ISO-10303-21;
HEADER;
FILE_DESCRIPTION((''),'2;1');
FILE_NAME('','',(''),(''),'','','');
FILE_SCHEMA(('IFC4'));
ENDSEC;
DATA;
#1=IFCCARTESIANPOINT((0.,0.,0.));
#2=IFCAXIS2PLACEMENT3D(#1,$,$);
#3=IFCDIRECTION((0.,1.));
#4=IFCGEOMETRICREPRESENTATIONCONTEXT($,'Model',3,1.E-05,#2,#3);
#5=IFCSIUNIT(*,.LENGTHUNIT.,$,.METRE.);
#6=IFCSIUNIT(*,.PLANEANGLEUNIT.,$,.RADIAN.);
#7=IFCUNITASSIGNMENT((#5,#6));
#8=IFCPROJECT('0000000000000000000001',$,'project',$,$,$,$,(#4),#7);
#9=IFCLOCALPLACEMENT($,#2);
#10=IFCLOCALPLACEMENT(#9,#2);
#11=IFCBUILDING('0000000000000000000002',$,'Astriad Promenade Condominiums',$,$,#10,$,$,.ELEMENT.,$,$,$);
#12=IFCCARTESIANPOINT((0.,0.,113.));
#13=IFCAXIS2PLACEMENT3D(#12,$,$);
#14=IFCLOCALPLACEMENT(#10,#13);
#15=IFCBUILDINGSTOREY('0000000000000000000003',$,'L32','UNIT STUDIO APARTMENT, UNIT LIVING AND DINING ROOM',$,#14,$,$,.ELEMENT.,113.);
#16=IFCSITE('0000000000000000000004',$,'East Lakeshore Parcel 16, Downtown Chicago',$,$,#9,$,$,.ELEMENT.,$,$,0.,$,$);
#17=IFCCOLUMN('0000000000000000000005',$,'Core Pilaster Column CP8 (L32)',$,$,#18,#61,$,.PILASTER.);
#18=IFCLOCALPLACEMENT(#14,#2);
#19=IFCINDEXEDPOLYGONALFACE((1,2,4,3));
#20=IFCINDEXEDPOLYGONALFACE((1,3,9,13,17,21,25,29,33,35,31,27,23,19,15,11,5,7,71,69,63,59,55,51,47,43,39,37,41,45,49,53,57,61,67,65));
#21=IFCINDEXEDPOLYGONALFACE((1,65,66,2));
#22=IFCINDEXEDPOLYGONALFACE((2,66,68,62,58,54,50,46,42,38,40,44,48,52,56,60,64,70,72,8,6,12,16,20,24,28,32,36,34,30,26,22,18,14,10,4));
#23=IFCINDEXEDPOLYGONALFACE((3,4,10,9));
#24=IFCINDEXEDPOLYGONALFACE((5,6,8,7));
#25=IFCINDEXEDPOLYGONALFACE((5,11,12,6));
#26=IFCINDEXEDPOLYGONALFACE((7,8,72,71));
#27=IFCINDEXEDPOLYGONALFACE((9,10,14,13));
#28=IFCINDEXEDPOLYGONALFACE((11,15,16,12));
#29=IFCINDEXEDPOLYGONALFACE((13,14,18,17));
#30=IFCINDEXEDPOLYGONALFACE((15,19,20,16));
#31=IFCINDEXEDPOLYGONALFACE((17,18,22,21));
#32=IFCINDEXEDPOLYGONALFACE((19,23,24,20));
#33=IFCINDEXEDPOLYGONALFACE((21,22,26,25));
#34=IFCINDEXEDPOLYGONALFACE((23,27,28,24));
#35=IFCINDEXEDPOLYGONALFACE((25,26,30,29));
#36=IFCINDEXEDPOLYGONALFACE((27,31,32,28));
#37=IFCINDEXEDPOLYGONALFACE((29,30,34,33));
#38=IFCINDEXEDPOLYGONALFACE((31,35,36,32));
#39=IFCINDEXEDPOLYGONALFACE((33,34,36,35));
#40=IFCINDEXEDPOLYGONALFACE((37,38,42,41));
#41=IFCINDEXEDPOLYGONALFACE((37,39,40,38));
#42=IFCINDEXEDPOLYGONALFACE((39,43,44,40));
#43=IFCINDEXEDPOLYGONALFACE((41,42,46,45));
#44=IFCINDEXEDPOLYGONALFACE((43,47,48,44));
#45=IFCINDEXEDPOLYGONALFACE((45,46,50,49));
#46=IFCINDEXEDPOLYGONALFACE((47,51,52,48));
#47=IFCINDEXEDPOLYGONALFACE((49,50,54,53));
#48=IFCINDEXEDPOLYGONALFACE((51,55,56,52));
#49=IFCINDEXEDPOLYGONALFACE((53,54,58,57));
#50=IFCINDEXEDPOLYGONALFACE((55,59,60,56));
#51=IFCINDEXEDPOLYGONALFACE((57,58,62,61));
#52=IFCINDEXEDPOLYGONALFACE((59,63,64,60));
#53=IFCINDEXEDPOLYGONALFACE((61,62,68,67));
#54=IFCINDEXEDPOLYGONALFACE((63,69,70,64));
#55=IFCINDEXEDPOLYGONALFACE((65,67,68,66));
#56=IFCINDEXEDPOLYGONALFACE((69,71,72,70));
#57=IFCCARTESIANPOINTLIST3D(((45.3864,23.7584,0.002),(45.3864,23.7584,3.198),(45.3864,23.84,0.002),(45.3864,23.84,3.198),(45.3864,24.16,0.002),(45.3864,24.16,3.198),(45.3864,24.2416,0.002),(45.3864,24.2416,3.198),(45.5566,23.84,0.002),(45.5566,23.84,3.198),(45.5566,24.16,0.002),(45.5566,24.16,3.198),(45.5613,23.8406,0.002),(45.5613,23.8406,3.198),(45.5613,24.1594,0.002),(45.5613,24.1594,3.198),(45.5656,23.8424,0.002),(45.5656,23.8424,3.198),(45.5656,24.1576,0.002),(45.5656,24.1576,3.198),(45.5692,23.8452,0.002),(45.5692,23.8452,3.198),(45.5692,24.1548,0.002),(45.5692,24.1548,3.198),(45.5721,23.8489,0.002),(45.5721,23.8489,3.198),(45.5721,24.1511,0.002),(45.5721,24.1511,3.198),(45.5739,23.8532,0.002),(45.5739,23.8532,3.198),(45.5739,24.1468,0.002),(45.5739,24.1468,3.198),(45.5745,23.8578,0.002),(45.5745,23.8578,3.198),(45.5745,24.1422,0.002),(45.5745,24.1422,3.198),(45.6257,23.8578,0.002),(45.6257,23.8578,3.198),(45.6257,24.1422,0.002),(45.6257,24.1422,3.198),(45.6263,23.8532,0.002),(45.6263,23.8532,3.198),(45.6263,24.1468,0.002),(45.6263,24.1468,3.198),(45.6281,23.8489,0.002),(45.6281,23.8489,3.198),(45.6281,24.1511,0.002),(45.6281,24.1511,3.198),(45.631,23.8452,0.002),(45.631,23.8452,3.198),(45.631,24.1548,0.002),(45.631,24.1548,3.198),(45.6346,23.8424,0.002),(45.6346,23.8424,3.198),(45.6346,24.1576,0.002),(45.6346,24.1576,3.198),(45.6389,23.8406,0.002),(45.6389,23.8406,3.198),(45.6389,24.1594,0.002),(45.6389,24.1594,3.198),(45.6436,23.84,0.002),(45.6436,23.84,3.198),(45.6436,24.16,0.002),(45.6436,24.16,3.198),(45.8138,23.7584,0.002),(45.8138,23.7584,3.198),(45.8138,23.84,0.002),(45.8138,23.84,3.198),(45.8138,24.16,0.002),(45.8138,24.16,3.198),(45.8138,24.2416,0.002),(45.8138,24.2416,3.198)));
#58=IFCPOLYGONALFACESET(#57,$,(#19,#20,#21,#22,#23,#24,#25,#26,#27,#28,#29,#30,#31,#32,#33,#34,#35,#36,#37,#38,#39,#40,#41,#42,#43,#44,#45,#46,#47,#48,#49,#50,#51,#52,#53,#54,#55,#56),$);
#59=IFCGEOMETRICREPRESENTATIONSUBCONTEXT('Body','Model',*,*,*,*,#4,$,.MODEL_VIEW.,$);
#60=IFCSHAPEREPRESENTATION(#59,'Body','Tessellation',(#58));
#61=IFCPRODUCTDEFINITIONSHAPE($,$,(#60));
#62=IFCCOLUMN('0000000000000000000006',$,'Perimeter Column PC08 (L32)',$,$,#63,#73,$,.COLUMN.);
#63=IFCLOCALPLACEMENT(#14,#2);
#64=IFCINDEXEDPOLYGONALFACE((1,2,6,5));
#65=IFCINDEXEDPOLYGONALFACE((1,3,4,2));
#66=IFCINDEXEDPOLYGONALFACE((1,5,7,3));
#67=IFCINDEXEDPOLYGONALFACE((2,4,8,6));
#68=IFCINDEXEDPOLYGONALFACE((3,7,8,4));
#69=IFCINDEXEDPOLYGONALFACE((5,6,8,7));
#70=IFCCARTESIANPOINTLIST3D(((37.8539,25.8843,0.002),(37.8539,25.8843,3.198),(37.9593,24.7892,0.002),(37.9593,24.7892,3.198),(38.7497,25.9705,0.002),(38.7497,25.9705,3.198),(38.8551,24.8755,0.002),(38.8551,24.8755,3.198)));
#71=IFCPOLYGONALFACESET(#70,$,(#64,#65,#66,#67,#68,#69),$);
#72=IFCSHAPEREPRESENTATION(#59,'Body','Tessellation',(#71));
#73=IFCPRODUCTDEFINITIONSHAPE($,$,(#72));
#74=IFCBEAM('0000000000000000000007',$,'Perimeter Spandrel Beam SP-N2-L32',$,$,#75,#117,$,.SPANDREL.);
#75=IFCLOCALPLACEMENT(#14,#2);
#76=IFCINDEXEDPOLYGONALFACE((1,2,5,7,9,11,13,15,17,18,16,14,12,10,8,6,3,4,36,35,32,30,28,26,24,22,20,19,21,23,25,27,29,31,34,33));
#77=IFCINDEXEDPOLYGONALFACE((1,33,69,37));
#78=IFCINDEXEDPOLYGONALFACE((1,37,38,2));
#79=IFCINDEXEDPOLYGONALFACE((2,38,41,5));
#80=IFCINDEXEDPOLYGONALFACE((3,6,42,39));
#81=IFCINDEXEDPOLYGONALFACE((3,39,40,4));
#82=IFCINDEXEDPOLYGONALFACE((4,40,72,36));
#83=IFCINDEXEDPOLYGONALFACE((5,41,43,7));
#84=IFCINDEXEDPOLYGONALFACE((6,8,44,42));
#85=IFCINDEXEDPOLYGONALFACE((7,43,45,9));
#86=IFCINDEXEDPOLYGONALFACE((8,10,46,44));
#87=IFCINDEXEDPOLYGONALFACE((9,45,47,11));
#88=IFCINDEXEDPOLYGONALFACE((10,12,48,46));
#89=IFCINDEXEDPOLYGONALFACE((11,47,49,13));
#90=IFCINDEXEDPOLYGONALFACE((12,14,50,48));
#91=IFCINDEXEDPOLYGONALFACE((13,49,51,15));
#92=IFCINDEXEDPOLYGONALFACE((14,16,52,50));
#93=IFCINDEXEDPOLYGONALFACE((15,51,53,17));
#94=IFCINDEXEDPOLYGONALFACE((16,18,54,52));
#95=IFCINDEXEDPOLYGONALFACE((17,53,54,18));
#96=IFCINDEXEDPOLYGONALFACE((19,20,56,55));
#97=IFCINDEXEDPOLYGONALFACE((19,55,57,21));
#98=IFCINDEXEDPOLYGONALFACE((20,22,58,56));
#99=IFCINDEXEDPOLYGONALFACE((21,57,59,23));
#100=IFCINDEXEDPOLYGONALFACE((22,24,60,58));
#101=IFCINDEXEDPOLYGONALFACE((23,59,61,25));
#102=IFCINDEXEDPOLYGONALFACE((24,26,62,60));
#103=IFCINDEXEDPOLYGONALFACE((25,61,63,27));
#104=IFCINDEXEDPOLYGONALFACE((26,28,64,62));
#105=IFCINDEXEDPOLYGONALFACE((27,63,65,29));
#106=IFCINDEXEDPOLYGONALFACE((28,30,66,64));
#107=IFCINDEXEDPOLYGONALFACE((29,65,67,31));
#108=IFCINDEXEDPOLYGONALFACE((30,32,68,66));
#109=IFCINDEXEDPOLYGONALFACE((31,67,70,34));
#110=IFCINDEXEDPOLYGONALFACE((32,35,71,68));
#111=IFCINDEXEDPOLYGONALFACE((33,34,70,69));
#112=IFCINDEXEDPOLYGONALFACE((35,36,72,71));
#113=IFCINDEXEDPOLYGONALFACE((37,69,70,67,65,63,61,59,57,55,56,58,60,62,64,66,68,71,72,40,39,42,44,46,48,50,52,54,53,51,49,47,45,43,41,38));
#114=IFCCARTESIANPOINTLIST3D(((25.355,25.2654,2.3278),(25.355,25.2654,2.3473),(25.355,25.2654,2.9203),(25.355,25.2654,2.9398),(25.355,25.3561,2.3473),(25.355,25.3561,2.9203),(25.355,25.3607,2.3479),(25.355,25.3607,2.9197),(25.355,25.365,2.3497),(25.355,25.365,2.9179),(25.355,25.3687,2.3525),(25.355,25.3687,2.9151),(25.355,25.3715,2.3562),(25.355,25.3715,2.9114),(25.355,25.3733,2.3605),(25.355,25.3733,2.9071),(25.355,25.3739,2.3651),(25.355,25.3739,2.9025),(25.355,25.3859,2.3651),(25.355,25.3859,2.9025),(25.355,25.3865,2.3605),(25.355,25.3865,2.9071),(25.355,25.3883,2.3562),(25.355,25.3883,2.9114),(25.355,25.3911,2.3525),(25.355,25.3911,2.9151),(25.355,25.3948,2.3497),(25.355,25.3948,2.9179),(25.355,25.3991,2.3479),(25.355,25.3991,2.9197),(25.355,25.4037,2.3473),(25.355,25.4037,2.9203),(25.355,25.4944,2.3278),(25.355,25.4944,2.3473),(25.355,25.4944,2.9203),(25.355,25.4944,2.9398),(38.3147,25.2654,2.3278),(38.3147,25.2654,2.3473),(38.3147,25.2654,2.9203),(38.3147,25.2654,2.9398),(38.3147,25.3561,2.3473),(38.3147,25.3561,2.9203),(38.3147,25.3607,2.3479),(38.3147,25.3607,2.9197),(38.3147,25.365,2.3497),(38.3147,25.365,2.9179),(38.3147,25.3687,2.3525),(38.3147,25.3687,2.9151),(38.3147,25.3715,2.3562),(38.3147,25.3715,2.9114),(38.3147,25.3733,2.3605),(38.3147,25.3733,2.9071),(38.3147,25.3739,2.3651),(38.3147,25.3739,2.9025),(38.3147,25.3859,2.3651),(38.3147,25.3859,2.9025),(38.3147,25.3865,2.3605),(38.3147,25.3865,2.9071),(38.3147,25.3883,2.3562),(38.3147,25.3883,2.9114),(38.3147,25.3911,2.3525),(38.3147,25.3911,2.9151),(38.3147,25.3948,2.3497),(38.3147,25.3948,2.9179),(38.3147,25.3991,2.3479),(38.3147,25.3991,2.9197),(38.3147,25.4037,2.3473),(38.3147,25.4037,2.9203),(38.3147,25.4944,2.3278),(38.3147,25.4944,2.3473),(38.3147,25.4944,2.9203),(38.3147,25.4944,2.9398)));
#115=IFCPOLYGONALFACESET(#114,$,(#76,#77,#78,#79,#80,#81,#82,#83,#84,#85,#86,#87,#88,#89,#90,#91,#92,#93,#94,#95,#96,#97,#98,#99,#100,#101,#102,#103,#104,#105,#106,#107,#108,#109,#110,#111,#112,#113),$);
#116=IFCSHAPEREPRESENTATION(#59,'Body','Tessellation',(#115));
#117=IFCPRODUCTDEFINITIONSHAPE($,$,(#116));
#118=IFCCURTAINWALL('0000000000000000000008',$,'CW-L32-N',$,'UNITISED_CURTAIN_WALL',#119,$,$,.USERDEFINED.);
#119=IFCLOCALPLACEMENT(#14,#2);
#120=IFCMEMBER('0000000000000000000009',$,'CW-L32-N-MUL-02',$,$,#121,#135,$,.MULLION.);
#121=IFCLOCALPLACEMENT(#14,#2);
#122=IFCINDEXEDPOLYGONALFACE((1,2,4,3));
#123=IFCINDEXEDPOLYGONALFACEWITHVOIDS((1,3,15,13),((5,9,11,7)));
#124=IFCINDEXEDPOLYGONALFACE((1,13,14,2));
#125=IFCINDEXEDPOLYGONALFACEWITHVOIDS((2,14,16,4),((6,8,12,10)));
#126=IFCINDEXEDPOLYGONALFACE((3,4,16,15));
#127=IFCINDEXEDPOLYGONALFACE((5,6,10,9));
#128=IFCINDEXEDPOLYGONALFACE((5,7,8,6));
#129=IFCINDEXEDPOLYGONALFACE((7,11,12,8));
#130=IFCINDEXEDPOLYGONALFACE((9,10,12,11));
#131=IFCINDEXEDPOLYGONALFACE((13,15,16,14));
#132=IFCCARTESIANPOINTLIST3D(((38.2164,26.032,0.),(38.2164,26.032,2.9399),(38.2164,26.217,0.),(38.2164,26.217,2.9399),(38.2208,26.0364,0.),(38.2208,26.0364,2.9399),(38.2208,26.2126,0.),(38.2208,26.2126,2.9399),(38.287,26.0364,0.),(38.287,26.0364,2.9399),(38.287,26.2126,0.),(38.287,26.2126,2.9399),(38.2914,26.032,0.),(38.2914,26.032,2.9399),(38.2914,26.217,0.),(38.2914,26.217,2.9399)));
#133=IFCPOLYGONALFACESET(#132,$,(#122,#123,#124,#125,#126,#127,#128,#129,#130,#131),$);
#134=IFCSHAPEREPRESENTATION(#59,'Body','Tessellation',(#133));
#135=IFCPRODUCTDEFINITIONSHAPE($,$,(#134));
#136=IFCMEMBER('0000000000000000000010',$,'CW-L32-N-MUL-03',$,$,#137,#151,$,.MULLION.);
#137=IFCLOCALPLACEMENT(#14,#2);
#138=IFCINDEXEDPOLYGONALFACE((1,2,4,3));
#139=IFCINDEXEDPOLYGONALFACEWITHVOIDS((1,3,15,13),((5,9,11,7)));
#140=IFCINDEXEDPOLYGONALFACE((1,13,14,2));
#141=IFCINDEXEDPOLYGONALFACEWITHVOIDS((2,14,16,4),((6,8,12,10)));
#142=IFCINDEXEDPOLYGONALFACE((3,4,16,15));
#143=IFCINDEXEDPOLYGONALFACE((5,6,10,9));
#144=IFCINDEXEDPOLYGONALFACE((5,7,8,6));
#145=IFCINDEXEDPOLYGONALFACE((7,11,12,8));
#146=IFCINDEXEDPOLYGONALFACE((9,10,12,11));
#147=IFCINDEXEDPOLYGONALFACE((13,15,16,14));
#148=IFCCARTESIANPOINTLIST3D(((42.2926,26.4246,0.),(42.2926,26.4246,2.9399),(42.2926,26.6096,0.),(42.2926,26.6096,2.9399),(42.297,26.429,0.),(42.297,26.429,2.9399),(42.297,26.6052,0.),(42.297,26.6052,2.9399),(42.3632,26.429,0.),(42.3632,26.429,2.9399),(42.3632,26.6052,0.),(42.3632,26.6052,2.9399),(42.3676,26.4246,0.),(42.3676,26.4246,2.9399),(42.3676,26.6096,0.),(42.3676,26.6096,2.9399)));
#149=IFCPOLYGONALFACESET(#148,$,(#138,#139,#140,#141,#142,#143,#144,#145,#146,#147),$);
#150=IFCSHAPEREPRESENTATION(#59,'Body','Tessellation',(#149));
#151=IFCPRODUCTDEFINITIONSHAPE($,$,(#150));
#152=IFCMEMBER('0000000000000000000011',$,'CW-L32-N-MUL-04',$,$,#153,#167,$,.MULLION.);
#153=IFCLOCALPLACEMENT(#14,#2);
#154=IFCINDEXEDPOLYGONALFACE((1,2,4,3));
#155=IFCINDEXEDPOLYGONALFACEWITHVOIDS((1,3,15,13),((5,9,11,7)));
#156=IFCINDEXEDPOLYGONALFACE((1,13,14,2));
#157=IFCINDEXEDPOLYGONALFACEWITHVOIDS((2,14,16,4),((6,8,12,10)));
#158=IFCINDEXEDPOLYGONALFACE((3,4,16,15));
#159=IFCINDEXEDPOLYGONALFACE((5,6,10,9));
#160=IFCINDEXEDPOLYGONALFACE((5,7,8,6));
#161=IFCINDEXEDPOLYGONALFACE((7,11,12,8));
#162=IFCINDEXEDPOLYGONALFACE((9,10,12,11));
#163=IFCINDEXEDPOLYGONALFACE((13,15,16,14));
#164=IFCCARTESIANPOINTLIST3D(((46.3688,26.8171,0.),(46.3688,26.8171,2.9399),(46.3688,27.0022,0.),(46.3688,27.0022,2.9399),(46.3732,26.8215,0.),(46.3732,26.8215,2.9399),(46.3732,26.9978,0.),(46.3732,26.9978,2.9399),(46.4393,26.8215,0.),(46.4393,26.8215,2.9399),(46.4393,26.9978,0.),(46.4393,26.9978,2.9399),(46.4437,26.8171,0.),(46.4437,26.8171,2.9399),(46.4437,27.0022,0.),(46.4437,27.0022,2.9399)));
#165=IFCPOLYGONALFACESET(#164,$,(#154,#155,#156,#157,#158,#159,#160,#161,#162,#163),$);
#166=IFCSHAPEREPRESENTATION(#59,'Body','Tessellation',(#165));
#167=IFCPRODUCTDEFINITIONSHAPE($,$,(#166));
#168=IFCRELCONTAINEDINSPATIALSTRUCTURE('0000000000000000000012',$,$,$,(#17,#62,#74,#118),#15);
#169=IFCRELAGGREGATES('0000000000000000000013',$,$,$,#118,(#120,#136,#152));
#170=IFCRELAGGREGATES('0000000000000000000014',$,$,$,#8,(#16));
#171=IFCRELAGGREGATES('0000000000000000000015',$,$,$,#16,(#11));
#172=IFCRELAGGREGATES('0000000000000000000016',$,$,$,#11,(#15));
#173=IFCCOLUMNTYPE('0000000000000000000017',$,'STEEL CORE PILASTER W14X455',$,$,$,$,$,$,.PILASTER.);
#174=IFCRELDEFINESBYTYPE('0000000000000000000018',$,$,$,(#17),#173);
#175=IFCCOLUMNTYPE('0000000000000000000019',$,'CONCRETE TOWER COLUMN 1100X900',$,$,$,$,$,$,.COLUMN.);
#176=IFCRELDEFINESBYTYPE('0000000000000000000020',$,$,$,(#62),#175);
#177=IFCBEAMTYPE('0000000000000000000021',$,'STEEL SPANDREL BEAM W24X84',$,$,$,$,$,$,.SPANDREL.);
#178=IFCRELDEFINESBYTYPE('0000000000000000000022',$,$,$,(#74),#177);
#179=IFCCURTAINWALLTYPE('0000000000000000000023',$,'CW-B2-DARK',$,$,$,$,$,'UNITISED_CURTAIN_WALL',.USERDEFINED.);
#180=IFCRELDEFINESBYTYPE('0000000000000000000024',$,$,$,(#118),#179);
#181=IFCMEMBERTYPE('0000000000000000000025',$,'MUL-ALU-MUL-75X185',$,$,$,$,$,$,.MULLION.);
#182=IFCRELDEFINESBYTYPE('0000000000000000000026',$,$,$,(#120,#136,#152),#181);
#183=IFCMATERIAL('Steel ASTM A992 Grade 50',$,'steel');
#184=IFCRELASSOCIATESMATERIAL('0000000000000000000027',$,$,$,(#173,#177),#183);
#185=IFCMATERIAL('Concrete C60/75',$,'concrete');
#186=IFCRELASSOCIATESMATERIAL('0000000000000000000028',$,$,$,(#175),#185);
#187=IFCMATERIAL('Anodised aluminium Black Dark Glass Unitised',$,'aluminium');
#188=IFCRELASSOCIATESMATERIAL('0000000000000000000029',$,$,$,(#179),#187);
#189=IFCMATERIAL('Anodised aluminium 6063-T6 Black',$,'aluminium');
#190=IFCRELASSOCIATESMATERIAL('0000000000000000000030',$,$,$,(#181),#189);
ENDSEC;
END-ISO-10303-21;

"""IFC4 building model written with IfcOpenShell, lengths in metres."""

from ifc_helpers import new_model, si_unit, direction, frame, origin, origin_2d, place, context, subcontext, project, spatial, rectangle, hollow_rectangle, i_section, extrude, source, transform, mapped, material, material_profile, profile_set, type_object, type_shapes, element, aggregate, save


model = new_model("IFC4")

# Units and contexts
model_context = context("Model", 3, precision=1e-05, world=origin(), true_north=direction((0.0, 1.0)))
body_context = subcontext(model_context, "Body", "Model", "MODEL_VIEW")
ifc_project = project(units=[si_unit("LENGTHUNIT", "METRE"), si_unit("PLANEANGLEUNIT", "RADIAN")], contexts=[model_context])

# Site, building, storey
site_placement = place(None, origin())
site = spatial("IfcSite", under=ifc_project, at=site_placement, Name="East Lakeshore Parcel 16, Downtown Chicago", CompositionType="ELEMENT", RefElevation=0.0)
building_placement = place(site_placement, origin())
building = spatial("IfcBuilding", under=site, at=building_placement, Name="Astriad Promenade Condominiums", CompositionType="ELEMENT")
storey_placement = place(building_placement, frame((0.0, 0.0, 113.0)))
storey = spatial("IfcBuildingStorey", under=building, at=storey_placement, Name="L32", Description="UNIT STUDIO APARTMENT, UNIT LIVING AND DINING ROOM", CompositionType="ELEMENT", Elevation=113.0)

# Columns
ifc_material_1 = material(Name="Steel ASTM A992 Grade 50", Category="steel")
ifc_material_profile_1 = material_profile(ifc_material_1, i_section(OverallWidth=0.4275, OverallDepth=0.4832, WebThickness=0.0513, FlangeThickness=0.0815, FilletRadius=0.0178, at=origin_2d()), Name="W14X455")
ifc_profile_set_1 = profile_set([ifc_material_profile_1], Name="Steel ASTM A992 Grade 50")
column_type_1 = type_object("IfcColumnType", Name="STEEL CORE PILASTER W14X455", PredefinedType="PILASTER", material=ifc_profile_set_1)
shared_shape_1 = source(origin(), body_context, "Body", "SweptSolid", [
    extrude(i_section(OverallWidth=0.4275, OverallDepth=0.4832, WebThickness=0.0513, FlangeThickness=0.0815, FilletRadius=0.0178, at=origin_2d()), origin(), (0.0, 0.0, 1.0), 3.196),
])
type_shapes(column_type_1, [shared_shape_1])
column_1_placement = place(storey_placement, frame((45.6001, 24.0, 0.002), z_axis=(0.0, 0.0, 1.0), x_axis=(1.0, 0.0, 0.0)))
element("IfcColumn", 1, at=column_1_placement, inside=storey, type_object=column_type_1, Name="Core Pilaster Column CP8 (L32)", PredefinedType="PILASTER", context=body_context, shape_type="MappedRepresentation", body=[
    mapped(shared_shape_1, transform((0.0, 0.0, 0.0), scale=1.0)),
])
ifc_material_2 = material(Name="Concrete C60/75", Category="concrete")
ifc_material_profile_2 = material_profile(ifc_material_2, rectangle(XDim=0.8999, YDim=1.1001, at=origin_2d()), Name="RC-COL-1100X900")
ifc_profile_set_2 = profile_set([ifc_material_profile_2], Name="Concrete C60/75")
column_type_2 = type_object("IfcColumnType", Name="CONCRETE TOWER COLUMN 1100X900", PredefinedType="COLUMN", material=ifc_profile_set_2)
shared_shape_2 = source(origin(), body_context, "Body", "SweptSolid", [
    extrude(rectangle(XDim=0.8999, YDim=1.1001, at=origin_2d()), origin(), (0.0, 0.0, 1.0), 3.196),
])
type_shapes(column_type_2, [shared_shape_2])
column_2_placement = place(storey_placement, frame((38.3545, 25.3799, 0.002), z_axis=(0.0, 0.0, 1.0), x_axis=(0.995396, 0.095846, 0.0)))
element("IfcColumn", 2, at=column_2_placement, inside=storey, type_object=column_type_2, Name="Perimeter Column PC08 (L32)", PredefinedType="COLUMN", context=body_context, shape_type="MappedRepresentation", body=[
    mapped(shared_shape_2, transform((0.0, 0.0, 0.0), scale=1.0)),
])

# Beam
ifc_material_profile_3 = material_profile(ifc_material_1, i_section(OverallWidth=0.229, OverallDepth=0.6121, WebThickness=0.012, FlangeThickness=0.0195, FilletRadius=0.0178, at=origin_2d()), Name="W24X84")
ifc_profile_set_3 = profile_set([ifc_material_profile_3], Name="Steel ASTM A992 Grade 50")
beam_type = type_object("IfcBeamType", Name="STEEL SPANDREL BEAM W24X84", PredefinedType="SPANDREL", material=ifc_profile_set_3)
shared_shape_3 = source(origin(), body_context, "Body", "SweptSolid", [
    extrude(i_section(OverallWidth=0.229, OverallDepth=0.6121, WebThickness=0.012, FlangeThickness=0.0195, FilletRadius=0.0178, at=origin_2d()), origin(), (0.0, 0.0, 1.0), 12.9597),
])
type_shapes(beam_type, [shared_shape_3])
beam_placement = place(storey_placement, frame((38.3147, 25.3799, 2.6338), z_axis=(-1.0, 0.0, 0.0), x_axis=(0.0, -1.0, 0.0)))
element("IfcBeam", 3, at=beam_placement, inside=storey, type_object=beam_type, Name="Perimeter Spandrel Beam SP-N2-L32", PredefinedType="SPANDREL", context=body_context, shape_type="MappedRepresentation", body=[
    mapped(shared_shape_3, transform((0.0, 0.0, 0.0), scale=1.0)),
])

# Curtain wall, members
ifc_material_3 = material(Name="Anodised aluminium Black Dark Glass Unitised", Category="aluminium")
curtain_wall_type = type_object("IfcCurtainWallType", Name="CW-B2-DARK", ElementType="UNITISED_CURTAIN_WALL", PredefinedType="USERDEFINED", material=ifc_material_3)
curtain_wall_placement = place(storey_placement, origin())
curtain_wall = element("IfcCurtainWall", 4, at=curtain_wall_placement, inside=storey, type_object=curtain_wall_type, Name="CW-L32-N", ObjectType="UNITISED_CURTAIN_WALL", PredefinedType="USERDEFINED")
ifc_material_4 = material(Name="Anodised aluminium 6063-T6 Black", Category="aluminium")
ifc_material_profile_4 = material_profile(ifc_material_4, hollow_rectangle(XDim=0.075, YDim=0.1851, WallThickness=0.0044, at=origin_2d()), Name="ALU-MUL-75X185")
ifc_profile_set_4 = profile_set([ifc_material_profile_4], Name="Anodised aluminium 6063-T6 Black")
member_type_1 = type_object("IfcMemberType", Name="MUL-ALU-MUL-75X185", PredefinedType="MULLION", material=ifc_profile_set_4)
shared_shape_4 = source(origin(), body_context, "Body", "SweptSolid", [
    extrude(hollow_rectangle(XDim=0.075, YDim=0.1851, WallThickness=0.0044, at=origin_2d()), origin(), (0.0, 0.0, 1.0), 2.9399),
])
type_shapes(member_type_1, [shared_shape_4])
member_1_placement = place(storey_placement, frame((38.2539, 26.1245, 0.0), z_axis=(0.0, 0.0, 1.0), x_axis=(1.0, 0.0, 0.0)))
member_1 = element("IfcMember", 5, at=member_1_placement, type_object=member_type_1, Name="CW-L32-N-MUL-02", PredefinedType="MULLION", context=body_context, shape_type="MappedRepresentation", body=[
    mapped(shared_shape_4, transform((0.0, 0.0, 0.0), scale=1.0)),
])
member_2_placement = place(storey_placement, frame((42.3301, 26.5171, 0.0), z_axis=(0.0, 0.0, 1.0), x_axis=(1.0, 0.0, 0.0)))
member_2 = element("IfcMember", 6, at=member_2_placement, type_object=member_type_1, Name="CW-L32-N-MUL-03", PredefinedType="MULLION", context=body_context, shape_type="MappedRepresentation", body=[
    mapped(shared_shape_4, transform((0.0, 0.0, 0.0), scale=1.0)),
])
member_3_placement = place(storey_placement, frame((46.4062, 26.9097, 0.0), z_axis=(0.0, 0.0, 1.0), x_axis=(1.0, 0.0, 0.0)))
member_3 = element("IfcMember", 7, at=member_3_placement, type_object=member_type_1, Name="CW-L32-N-MUL-04", PredefinedType="MULLION", context=body_context, shape_type="MappedRepresentation", body=[
    mapped(shared_shape_4, transform((0.0, 0.0, 0.0), scale=1.0)),
])
aggregate(curtain_wall, [member_1, member_2, member_3])

save(model, "model.ifc")
